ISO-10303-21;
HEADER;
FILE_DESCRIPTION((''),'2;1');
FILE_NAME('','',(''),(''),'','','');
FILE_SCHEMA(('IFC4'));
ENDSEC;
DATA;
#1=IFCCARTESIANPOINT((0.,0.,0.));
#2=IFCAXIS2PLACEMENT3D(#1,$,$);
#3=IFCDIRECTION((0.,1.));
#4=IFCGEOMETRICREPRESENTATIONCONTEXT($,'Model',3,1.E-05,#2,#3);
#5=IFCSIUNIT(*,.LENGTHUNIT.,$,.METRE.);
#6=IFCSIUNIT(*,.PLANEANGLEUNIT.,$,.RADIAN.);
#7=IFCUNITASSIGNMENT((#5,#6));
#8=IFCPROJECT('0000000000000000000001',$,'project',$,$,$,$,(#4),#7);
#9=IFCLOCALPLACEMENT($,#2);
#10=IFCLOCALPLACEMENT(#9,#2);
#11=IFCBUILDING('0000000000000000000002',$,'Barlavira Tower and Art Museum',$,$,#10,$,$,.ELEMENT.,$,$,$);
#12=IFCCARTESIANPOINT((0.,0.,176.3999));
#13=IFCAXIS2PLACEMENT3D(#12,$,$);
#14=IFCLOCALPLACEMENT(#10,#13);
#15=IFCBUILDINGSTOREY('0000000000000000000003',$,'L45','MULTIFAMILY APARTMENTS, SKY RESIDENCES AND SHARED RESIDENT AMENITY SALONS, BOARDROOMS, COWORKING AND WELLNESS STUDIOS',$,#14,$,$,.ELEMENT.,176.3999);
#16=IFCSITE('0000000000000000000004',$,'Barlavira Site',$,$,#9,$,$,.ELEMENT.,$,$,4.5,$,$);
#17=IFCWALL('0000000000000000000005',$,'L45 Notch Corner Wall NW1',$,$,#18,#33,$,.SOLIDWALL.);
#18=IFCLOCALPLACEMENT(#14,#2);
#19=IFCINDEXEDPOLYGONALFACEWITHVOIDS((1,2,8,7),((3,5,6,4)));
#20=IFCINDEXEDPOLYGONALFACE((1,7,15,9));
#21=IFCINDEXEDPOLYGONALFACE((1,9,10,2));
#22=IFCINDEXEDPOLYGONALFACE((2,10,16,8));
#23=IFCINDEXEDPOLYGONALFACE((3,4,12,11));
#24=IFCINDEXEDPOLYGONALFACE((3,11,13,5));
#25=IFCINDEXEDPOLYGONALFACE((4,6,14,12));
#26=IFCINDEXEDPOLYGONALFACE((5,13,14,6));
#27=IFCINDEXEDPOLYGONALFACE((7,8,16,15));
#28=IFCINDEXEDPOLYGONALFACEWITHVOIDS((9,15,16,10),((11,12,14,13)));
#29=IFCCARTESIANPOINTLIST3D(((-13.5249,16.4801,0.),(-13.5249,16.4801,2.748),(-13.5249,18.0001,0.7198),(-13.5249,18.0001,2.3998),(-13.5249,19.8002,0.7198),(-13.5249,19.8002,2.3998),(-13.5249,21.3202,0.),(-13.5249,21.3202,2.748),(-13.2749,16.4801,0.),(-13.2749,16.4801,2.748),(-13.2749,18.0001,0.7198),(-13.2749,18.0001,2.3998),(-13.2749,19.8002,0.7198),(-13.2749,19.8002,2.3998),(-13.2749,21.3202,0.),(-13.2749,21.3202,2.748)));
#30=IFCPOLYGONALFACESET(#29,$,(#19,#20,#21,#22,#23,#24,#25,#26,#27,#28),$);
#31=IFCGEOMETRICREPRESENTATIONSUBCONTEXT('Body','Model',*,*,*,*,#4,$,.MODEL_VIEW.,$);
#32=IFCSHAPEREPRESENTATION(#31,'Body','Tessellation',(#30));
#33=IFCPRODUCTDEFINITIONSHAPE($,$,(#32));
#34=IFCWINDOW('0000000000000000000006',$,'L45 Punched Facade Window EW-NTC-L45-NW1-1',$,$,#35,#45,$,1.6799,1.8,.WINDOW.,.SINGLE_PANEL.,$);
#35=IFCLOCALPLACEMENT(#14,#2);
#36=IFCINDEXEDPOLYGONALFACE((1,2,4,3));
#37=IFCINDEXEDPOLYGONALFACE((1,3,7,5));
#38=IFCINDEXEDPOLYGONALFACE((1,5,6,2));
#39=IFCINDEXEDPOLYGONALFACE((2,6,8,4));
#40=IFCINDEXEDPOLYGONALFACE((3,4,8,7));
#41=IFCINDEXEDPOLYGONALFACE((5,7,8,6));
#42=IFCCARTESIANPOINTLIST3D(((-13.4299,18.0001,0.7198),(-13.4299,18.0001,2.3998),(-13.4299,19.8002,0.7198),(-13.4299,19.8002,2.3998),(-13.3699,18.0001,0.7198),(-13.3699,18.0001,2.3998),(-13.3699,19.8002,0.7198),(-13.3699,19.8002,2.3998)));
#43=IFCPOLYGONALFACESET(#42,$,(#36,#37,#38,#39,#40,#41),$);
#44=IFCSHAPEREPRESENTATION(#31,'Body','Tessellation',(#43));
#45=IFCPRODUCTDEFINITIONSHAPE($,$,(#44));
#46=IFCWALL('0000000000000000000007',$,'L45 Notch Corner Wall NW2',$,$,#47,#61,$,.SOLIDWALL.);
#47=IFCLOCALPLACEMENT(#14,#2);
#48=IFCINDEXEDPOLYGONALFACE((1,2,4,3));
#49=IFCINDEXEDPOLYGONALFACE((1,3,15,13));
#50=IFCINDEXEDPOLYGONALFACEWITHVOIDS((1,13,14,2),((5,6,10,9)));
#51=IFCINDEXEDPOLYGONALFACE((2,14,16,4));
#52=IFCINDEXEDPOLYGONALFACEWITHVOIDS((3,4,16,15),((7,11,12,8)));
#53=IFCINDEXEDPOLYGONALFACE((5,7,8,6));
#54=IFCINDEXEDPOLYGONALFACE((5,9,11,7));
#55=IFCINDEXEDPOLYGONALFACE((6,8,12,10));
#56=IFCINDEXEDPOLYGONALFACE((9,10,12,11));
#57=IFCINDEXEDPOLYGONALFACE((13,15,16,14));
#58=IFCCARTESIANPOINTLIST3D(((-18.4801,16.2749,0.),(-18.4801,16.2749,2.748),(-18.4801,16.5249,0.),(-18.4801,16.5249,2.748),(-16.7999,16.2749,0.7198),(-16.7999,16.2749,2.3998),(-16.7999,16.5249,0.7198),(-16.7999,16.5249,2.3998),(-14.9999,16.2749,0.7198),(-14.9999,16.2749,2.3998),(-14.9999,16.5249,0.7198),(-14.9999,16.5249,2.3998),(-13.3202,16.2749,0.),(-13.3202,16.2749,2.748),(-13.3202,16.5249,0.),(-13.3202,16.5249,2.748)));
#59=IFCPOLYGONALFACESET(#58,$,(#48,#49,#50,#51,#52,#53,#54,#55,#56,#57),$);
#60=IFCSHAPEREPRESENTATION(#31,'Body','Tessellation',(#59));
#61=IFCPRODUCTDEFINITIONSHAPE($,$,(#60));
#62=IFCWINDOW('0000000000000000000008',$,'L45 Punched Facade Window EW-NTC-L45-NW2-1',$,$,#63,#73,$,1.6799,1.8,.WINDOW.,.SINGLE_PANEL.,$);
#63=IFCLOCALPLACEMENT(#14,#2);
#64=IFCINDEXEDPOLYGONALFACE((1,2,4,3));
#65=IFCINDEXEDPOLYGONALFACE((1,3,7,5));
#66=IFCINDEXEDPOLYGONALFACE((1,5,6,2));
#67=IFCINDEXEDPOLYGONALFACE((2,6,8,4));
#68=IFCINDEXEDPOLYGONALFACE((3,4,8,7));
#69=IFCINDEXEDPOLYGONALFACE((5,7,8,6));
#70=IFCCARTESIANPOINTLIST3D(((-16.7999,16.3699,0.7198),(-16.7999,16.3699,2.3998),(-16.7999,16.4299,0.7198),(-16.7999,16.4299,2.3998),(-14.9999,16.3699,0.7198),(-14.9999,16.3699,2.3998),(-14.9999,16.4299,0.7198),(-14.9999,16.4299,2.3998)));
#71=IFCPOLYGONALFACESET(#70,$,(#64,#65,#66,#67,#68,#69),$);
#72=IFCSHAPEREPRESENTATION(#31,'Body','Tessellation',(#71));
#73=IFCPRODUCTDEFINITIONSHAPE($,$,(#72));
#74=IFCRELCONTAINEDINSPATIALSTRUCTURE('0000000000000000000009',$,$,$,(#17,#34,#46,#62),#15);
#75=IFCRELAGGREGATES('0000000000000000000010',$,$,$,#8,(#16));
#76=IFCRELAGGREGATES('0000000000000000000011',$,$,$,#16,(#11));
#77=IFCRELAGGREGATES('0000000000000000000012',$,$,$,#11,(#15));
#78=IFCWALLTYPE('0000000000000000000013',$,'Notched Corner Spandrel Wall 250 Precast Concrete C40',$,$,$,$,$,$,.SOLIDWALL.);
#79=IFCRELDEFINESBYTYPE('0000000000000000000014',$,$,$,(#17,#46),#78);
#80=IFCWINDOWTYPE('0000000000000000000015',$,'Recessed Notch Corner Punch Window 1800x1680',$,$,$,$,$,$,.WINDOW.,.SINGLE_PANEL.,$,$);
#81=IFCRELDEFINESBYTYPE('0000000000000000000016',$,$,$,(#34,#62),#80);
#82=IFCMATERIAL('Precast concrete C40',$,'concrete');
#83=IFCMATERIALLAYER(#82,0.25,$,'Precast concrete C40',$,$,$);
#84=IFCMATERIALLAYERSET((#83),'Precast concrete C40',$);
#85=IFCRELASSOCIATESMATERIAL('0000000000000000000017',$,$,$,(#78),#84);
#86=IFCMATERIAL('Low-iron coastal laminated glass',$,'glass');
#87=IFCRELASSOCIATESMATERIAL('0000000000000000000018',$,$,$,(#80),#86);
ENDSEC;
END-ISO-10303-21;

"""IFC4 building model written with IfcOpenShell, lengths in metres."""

from ifc_helpers import new_model, si_unit, direction, frame, frame_2d, origin, place, context, subcontext, project, spatial, rectangle, extrude, material, layer, layer_set, type_object, element, fill, save


model = new_model("IFC4")

# Units and contexts
model_context = context("Model", 3, precision=1e-05, world=origin(), true_north=direction((0.0, 1.0)))
body_context = subcontext(model_context, "Body", "Model", "MODEL_VIEW")
ifc_project = project(units=[si_unit("LENGTHUNIT", "METRE"), si_unit("PLANEANGLEUNIT", "RADIAN")], contexts=[model_context])

# Site, building, storey
site_placement = place(None, origin())
site = spatial("IfcSite", under=ifc_project, at=site_placement, Name="Barlavira Site", CompositionType="ELEMENT", RefElevation=4.5)
building_placement = place(site_placement, origin())
building = spatial("IfcBuilding", under=site, at=building_placement, Name="Barlavira Tower and Art Museum", CompositionType="ELEMENT")
storey_placement = place(building_placement, frame((0.0, 0.0, 176.3999)))
storey = spatial("IfcBuildingStorey", under=building, at=storey_placement, Name="L45", Description="MULTIFAMILY APARTMENTS, SKY RESIDENCES AND SHARED RESIDENT AMENITY SALONS, BOARDROOMS, COWORKING AND WELLNESS STUDIOS", CompositionType="ELEMENT", Elevation=176.3999)

# Walls, openings, windows
ifc_material_1 = material(Name="Precast concrete C40", Category="concrete")
ifc_layer_1 = layer(ifc_material_1, 0.25, Name="Precast concrete C40")
ifc_layer_set_1 = layer_set([ifc_layer_1], Name="Precast concrete C40")
wall_type_1 = type_object("IfcWallType", Name="Notched Corner Spandrel Wall 250 Precast Concrete C40", PredefinedType="SOLIDWALL", material=ifc_layer_set_1)
ifc_material_2 = material(Name="Low-iron coastal laminated glass", Category="glass")
window_type_1 = type_object("IfcWindowType", Name="Recessed Notch Corner Punch Window 1800x1680", PartitioningType="SINGLE_PANEL", PredefinedType="WINDOW", material=ifc_material_2)
wall_1_placement = place(storey_placement, frame((-13.3999, 21.3201, 0.0), z_axis=(0.0, 0.0, 1.0), x_axis=(0.0, -1.0, 0.0)))
wall_1 = element("IfcWall", 1, at=wall_1_placement, inside=storey, type_object=wall_type_1, Name="L45 Notch Corner Wall NW1", PredefinedType="SOLIDWALL", context=body_context, shape_type="SweptSolid", body=[
    extrude(rectangle(XDim=4.8401, YDim=0.25, at=frame_2d((2.4199, 0.0))), origin(), (0.0, 0.0, 1.0), 2.748),
])
opening_1_placement = place(wall_1_placement, frame((1.52, 0.0, 0.72)))
opening_1 = element("IfcOpeningElement", 2, at=opening_1_placement, cuts=wall_1, PredefinedType="OPENING", context=body_context, shape_type="SweptSolid", body=[
    extrude(rectangle(XDim=1.8, YDim=1.6799, at=frame_2d((0.8999, 0.8398))), frame((0.0, 0.135, 0.0), z_axis=(0.0, -1.0, 0.0), x_axis=(1.0, 0.0, 0.0)), (0.0, 0.0, 1.0), 0.27),
])
window_1_placement = place(opening_1_placement, origin())
window_1 = element("IfcWindow", 3, at=window_1_placement, inside=storey, type_object=window_type_1, Name="L45 Punched Facade Window EW-NTC-L45-NW1-1", OverallHeight=1.6799, OverallWidth=1.8, PartitioningType="SINGLE_PANEL", PredefinedType="WINDOW", context=body_context, shape_type="SweptSolid", body=[
    extrude(rectangle(XDim=1.8, YDim=1.6799, at=frame_2d((0.8999, 0.8398))), frame((0.0, 0.03, 0.0), z_axis=(0.0, -1.0, 0.0), x_axis=(1.0, 0.0, 0.0)), (0.0, 0.0, 1.0), 0.0601),
])
fill(opening_1, window_1)
wall_2_placement = place(storey_placement, frame((-13.3201, 16.3999, 0.0), z_axis=(0.0, 0.0, 1.0), x_axis=(-1.0, 0.0, 0.0)))
wall_2 = element("IfcWall", 4, at=wall_2_placement, inside=storey, type_object=wall_type_1, Name="L45 Notch Corner Wall NW2", PredefinedType="SOLIDWALL", context=body_context, shape_type="SweptSolid", body=[
    extrude(rectangle(XDim=5.1599, YDim=0.25, at=frame_2d((2.5801, 0.0))), origin(), (0.0, 0.0, 1.0), 2.748),
])
opening_2_placement = place(wall_2_placement, frame((1.6799, 0.0, 0.72)))
opening_2 = element("IfcOpeningElement", 5, at=opening_2_placement, cuts=wall_2, PredefinedType="OPENING", context=body_context, shape_type="SweptSolid", body=[
    extrude(rectangle(XDim=1.8, YDim=1.6799, at=frame_2d((0.8999, 0.8398))), frame((0.0, 0.135, 0.0), z_axis=(0.0, -1.0, 0.0), x_axis=(1.0, 0.0, 0.0)), (0.0, 0.0, 1.0), 0.27),
])
window_2_placement = place(opening_2_placement, origin())
window_2 = element("IfcWindow", 6, at=window_2_placement, inside=storey, type_object=window_type_1, Name="L45 Punched Facade Window EW-NTC-L45-NW2-1", OverallHeight=1.6799, OverallWidth=1.8, PartitioningType="SINGLE_PANEL", PredefinedType="WINDOW", context=body_context, shape_type="SweptSolid", body=[
    extrude(rectangle(XDim=1.8, YDim=1.6799, at=frame_2d((0.8999, 0.8398))), frame((0.0, 0.03, 0.0), z_axis=(0.0, -1.0, 0.0), x_axis=(1.0, 0.0, 0.0)), (0.0, 0.0, 1.0), 0.0601),
])
fill(opening_2, window_2)

save(model, "model.ifc")
